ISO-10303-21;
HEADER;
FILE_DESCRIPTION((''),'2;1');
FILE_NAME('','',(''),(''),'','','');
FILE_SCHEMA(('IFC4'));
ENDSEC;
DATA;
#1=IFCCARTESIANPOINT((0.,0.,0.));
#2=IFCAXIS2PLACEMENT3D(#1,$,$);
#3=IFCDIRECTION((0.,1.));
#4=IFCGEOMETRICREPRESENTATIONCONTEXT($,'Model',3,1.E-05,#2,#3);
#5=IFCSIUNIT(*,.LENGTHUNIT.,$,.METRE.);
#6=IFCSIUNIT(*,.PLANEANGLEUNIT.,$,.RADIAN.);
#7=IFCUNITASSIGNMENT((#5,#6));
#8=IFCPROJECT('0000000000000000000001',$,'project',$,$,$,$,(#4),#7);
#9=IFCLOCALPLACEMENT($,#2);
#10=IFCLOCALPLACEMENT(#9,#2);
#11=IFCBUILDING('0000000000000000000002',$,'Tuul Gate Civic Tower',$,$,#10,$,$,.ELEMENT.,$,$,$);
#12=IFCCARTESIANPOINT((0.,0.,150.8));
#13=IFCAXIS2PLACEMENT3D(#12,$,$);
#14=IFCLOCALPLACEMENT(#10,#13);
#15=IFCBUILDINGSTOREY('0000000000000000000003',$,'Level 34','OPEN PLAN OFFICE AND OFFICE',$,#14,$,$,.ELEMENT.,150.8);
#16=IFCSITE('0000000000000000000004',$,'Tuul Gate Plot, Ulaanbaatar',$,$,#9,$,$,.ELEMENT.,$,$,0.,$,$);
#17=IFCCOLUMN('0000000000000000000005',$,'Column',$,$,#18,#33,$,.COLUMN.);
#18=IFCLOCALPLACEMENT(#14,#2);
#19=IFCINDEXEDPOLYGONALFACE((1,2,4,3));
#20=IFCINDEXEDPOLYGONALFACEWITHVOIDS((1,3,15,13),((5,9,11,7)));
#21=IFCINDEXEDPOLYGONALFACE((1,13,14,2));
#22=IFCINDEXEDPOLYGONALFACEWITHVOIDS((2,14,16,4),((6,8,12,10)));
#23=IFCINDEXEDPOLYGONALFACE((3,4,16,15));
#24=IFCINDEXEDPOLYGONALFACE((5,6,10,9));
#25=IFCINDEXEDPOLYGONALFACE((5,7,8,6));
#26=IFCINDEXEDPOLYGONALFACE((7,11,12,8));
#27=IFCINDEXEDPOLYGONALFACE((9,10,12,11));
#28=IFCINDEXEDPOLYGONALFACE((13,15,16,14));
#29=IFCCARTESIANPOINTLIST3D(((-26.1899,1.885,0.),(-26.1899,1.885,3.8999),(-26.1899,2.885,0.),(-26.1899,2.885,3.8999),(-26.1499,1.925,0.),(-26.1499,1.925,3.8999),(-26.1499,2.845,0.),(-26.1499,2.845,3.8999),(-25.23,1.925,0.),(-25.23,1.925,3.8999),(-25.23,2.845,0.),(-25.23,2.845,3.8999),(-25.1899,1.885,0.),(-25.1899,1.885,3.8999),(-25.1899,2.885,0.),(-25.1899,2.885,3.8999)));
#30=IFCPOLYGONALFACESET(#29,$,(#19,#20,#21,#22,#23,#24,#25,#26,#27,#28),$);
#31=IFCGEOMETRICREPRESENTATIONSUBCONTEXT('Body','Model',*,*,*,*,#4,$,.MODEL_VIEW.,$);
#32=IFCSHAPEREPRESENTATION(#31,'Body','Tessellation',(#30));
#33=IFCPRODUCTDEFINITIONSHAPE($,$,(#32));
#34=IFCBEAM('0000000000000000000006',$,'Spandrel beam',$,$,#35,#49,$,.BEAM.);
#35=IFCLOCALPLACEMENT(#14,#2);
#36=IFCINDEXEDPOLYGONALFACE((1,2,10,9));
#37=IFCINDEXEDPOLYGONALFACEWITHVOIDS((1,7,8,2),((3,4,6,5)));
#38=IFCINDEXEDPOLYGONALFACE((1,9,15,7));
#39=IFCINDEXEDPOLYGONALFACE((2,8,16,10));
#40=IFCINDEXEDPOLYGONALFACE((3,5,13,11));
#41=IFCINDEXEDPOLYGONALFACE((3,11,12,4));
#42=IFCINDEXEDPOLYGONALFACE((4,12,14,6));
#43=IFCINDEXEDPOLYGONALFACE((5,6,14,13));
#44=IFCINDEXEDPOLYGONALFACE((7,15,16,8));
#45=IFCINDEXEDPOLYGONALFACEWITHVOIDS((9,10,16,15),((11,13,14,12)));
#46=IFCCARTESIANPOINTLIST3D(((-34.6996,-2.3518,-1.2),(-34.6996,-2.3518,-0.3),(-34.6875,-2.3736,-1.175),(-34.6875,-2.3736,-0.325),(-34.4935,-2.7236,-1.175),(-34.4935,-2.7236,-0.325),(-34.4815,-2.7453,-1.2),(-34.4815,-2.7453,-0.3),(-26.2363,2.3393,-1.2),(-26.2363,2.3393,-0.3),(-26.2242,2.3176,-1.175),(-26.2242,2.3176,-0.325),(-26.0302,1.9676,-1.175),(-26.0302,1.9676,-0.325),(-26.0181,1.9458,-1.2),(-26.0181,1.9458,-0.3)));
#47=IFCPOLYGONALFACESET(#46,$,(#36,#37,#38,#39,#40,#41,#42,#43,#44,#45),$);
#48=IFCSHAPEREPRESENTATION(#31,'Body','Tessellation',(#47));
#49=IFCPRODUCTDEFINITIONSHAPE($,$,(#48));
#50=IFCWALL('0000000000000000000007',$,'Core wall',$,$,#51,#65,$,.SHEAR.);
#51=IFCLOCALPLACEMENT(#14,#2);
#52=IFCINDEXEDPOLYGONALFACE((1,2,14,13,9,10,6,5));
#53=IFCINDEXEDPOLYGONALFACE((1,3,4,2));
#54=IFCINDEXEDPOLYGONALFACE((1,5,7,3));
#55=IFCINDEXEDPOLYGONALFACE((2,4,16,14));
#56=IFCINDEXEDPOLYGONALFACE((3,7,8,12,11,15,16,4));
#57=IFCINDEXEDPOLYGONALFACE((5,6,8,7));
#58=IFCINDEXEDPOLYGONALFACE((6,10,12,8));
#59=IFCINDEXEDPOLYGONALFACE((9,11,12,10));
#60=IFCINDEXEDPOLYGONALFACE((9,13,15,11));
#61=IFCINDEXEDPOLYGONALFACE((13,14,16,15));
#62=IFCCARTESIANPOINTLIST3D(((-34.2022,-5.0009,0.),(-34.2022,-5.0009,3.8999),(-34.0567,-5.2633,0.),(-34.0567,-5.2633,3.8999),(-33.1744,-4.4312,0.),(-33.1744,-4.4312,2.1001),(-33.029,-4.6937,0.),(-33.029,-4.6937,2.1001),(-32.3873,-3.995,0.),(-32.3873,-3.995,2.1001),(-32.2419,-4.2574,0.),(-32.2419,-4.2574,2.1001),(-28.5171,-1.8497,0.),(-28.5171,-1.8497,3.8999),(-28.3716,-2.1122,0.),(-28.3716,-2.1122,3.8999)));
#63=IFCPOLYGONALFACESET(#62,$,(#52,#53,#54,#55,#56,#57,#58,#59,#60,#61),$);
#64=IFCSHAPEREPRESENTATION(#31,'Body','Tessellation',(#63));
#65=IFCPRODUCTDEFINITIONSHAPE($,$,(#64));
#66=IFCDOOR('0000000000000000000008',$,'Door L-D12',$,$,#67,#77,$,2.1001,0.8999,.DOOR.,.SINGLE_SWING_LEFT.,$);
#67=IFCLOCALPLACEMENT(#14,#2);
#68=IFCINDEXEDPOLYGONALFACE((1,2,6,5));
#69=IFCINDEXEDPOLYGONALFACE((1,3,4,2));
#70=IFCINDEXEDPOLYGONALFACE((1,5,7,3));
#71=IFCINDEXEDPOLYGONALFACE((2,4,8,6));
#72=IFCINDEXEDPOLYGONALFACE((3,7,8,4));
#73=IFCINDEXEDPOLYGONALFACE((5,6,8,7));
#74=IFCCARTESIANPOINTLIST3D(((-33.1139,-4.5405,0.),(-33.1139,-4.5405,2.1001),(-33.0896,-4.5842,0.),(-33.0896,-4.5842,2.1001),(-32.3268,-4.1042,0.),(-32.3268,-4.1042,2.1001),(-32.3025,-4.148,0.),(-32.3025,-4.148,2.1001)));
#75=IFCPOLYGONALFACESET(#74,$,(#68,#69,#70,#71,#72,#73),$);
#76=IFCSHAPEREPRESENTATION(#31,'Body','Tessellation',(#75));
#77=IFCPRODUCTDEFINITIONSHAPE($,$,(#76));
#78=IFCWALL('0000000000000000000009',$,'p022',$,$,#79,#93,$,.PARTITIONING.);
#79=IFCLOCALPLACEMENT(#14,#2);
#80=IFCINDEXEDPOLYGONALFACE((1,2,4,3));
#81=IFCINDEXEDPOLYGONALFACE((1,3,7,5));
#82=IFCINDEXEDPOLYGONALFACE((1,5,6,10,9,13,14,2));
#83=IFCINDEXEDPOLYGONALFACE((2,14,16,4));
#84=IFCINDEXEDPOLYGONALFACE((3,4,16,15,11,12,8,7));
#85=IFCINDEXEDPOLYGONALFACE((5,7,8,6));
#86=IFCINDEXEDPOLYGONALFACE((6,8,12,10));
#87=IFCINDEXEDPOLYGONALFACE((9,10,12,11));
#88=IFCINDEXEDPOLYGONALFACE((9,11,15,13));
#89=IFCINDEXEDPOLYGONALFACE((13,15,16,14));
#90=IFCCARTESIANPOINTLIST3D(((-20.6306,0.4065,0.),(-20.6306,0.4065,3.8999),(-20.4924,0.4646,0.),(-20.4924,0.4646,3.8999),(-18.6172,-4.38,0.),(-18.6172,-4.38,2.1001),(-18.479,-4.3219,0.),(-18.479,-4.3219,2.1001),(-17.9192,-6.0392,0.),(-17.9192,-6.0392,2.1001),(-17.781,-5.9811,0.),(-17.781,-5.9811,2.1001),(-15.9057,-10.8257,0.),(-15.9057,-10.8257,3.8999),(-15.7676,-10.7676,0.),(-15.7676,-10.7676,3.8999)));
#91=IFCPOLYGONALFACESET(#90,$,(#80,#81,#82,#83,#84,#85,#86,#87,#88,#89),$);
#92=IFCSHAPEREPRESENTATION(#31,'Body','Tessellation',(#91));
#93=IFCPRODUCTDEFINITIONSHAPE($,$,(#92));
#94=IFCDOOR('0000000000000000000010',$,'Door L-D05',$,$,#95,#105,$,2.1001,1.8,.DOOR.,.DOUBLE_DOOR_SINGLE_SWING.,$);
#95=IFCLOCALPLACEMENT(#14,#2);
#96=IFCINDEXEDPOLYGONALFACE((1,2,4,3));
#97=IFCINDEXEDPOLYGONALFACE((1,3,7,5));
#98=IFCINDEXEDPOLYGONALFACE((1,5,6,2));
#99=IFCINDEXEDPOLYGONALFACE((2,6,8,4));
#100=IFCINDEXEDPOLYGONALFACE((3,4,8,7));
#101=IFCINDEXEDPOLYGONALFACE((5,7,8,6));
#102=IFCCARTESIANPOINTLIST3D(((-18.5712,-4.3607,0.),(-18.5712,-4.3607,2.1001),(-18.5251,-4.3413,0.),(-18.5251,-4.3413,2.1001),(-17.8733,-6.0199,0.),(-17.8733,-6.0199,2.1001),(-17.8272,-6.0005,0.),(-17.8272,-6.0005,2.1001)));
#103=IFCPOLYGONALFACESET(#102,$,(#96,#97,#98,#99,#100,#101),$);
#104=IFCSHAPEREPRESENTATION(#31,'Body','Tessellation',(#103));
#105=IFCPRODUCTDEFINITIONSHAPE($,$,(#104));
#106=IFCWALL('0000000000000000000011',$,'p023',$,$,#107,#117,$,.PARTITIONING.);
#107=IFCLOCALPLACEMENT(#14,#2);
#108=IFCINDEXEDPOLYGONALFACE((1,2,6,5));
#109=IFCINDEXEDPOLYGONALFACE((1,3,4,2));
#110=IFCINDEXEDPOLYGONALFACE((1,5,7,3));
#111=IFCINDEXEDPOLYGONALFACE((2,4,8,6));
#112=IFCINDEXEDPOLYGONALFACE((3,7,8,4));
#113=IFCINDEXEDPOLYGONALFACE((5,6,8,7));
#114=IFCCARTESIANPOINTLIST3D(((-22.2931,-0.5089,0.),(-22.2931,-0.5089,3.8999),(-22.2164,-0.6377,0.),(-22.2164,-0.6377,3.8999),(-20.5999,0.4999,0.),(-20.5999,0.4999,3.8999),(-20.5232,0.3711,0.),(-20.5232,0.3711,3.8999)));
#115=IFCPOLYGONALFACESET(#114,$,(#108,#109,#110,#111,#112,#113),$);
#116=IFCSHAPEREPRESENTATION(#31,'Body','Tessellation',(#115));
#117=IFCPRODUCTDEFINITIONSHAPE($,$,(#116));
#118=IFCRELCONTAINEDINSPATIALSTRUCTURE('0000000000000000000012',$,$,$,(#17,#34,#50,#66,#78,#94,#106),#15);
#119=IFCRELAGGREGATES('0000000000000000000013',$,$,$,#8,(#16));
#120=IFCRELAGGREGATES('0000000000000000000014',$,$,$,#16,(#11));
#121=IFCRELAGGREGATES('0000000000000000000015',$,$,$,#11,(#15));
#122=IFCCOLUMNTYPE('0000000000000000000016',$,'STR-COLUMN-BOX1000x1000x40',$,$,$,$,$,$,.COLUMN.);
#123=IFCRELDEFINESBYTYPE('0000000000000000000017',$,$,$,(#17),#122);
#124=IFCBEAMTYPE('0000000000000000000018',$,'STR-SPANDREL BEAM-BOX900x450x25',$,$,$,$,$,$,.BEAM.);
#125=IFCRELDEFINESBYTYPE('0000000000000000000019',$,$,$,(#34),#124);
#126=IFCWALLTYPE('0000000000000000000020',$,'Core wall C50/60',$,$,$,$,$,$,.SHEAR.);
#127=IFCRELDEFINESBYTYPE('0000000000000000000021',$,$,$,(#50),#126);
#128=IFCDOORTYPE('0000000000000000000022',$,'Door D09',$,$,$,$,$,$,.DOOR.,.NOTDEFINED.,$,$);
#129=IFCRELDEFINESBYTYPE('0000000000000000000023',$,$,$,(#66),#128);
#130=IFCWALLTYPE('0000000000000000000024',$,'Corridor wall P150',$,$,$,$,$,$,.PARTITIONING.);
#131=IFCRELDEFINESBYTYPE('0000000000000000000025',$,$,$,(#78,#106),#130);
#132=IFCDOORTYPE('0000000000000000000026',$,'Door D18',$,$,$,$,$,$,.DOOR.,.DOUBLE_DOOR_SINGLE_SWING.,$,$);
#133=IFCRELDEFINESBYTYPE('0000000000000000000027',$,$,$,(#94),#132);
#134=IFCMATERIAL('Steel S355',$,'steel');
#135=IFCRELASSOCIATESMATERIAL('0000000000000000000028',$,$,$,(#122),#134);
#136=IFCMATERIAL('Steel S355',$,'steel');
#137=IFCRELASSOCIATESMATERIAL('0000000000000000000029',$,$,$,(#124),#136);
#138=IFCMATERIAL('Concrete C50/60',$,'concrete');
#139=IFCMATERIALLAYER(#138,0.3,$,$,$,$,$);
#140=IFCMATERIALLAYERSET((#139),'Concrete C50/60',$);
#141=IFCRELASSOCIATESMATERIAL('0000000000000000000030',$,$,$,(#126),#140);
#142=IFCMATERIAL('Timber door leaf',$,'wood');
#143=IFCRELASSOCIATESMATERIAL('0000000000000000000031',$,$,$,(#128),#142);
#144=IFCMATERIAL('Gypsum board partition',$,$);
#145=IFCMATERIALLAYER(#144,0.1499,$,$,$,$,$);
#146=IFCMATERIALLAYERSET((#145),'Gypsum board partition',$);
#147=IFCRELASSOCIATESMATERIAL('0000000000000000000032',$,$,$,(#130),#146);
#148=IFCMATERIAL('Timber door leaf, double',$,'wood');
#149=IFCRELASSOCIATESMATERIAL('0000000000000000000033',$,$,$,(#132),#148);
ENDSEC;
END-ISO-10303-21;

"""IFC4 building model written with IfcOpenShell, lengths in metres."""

from ifc_helpers import new_model, si_unit, direction, frame, frame_2d, origin, origin_2d, place, context, subcontext, project, spatial, rectangle, hollow_rectangle, extrude, material, layer, layer_set, material_profile, profile_set, type_object, element, fill, save


model = new_model("IFC4")

# Units and contexts
model_context = context("Model", 3, precision=1e-05, world=origin(), true_north=direction((0.0, 1.0)))
body_context = subcontext(model_context, "Body", "Model", "MODEL_VIEW")
ifc_project = project(units=[si_unit("LENGTHUNIT", "METRE"), si_unit("PLANEANGLEUNIT", "RADIAN")], contexts=[model_context])

# Site, building, storey
site_placement = place(None, origin())
site = spatial("IfcSite", under=ifc_project, at=site_placement, Name="Tuul Gate Plot, Ulaanbaatar", CompositionType="ELEMENT", RefElevation=0.0)
building_placement = place(site_placement, origin())
building = spatial("IfcBuilding", under=site, at=building_placement, Name="Tuul Gate Civic Tower", CompositionType="ELEMENT")
storey_placement = place(building_placement, frame((0.0, 0.0, 150.8)))
storey = spatial("IfcBuildingStorey", under=building, at=storey_placement, Name="Level 34", Description="OPEN PLAN OFFICE AND OFFICE", CompositionType="ELEMENT", Elevation=150.8)

# Column
ifc_material_1 = material(Name="Steel S355", Category="steel")
ifc_material_profile_1 = material_profile(ifc_material_1, hollow_rectangle(XDim=1.0, YDim=1.0, WallThickness=0.04, at=origin_2d()), Name="BOX1000x1000x40")
ifc_profile_set_1 = profile_set([ifc_material_profile_1], Name="Steel S355")
column_type = type_object("IfcColumnType", Name="STR-COLUMN-BOX1000x1000x40", PredefinedType="COLUMN", material=ifc_profile_set_1)
column_placement = place(storey_placement, frame((-25.6899, 2.385, 0.0), z_axis=(0.0, 0.0, 1.0), x_axis=(1.0, 0.0, 0.0)))
element("IfcColumn", 1, at=column_placement, inside=storey, type_object=column_type, Name="Column", PredefinedType="COLUMN", context=body_context, shape_type="SweptSolid", body=[
    extrude(hollow_rectangle(XDim=1.0, YDim=1.0, WallThickness=0.04, at=origin_2d()), origin(), (0.0, 0.0, 1.0), 3.8999),
])

# Beam
ifc_material_2 = material(Name="Steel S355", Category="steel")
ifc_material_profile_2 = material_profile(ifc_material_2, hollow_rectangle(XDim=0.45, YDim=0.8999, WallThickness=0.0249, at=origin_2d()), Name="BOX900x450x25")
ifc_profile_set_2 = profile_set([ifc_material_profile_2], Name="Steel S355")
beam_type = type_object("IfcBeamType", Name="STR-SPANDREL BEAM-BOX900x450x25", PredefinedType="BEAM", material=ifc_profile_set_2)
beam_placement = place(storey_placement, frame((-26.1272, 2.1426, -0.75), z_axis=(-0.874627, -0.484797, 0.0), x_axis=(0.484797, -0.874627, 0.0)))
element("IfcBeam", 2, at=beam_placement, inside=storey, type_object=beam_type, Name="Spandrel beam", PredefinedType="BEAM", context=body_context, shape_type="SweptSolid", body=[
    extrude(hollow_rectangle(XDim=0.45, YDim=0.8999, WallThickness=0.0249, at=origin_2d()), origin(), (0.0, 0.0, 1.0), 9.6765),
])

# Walls, openings, doors
ifc_material_3 = material(Name="Concrete C50/60", Category="concrete")
ifc_layer_1 = layer(ifc_material_3, 0.3)
ifc_layer_set_1 = layer_set([ifc_layer_1], Name="Concrete C50/60")
wall_type_1 = type_object("IfcWallType", Name="Core wall C50/60", PredefinedType="SHEAR", material=ifc_layer_set_1)
wall_1_placement = place(storey_placement, frame((-28.4443, -1.981, 0.0), z_axis=(0.0, 0.0, 1.0), x_axis=(-0.87463, -0.484791, 0.0)))
wall_1 = element("IfcWall", 3, at=wall_1_placement, inside=storey, type_object=wall_type_1, Name="Core wall", PredefinedType="SHEAR", context=body_context, shape_type="SweptSolid", body=[
    extrude(rectangle(XDim=6.5, YDim=0.3, at=frame_2d((3.25, 0.0))), origin(), (0.0, 0.0, 1.0), 3.8999),
])
opening_1_placement = place(wall_1_placement, frame((4.425, 0.0, 0.0)))
opening_1 = element("IfcOpeningElement", 4, at=opening_1_placement, cuts=wall_1, PredefinedType="OPENING", context=body_context, shape_type="SweptSolid", body=[
    extrude(rectangle(XDim=0.8999, YDim=2.1001, at=frame_2d((0.45, 1.05))), frame((0.0, 0.1602, 0.0), z_axis=(0.0, -1.0, 0.0), x_axis=(1.0, 0.0, 0.0)), (0.0, 0.0, 1.0), 0.3201),
])
ifc_material_4 = material(Name="Timber door leaf", Category="wood")
door_type_1 = type_object("IfcDoorType", Name="Door D09", OperationType="NOTDEFINED", PredefinedType="DOOR", material=ifc_material_4)
door_1_placement = place(opening_1_placement, origin())
door_1 = element("IfcDoor", 5, at=door_1_placement, inside=storey, type_object=door_type_1, Name="Door L-D12", OperationType="SINGLE_SWING_LEFT", OverallHeight=2.1001, OverallWidth=0.8999, PredefinedType="DOOR", context=body_context, shape_type="SweptSolid", body=[
    extrude(rectangle(XDim=0.8999, YDim=2.1001, at=frame_2d((0.45, 1.05))), frame((0.0, 0.0249, 0.0), z_axis=(0.0, -1.0, 0.0), x_axis=(1.0, 0.0, 0.0)), (0.0, 0.0, 1.0), 0.05),
])
fill(opening_1, door_1)
ifc_material_5 = material(Name="Gypsum board partition")
ifc_layer_2 = layer(ifc_material_5, 0.1499)
ifc_layer_set_2 = layer_set([ifc_layer_2], Name="Gypsum board partition")
wall_type_2 = type_object("IfcWallType", Name="Corridor wall P150", PredefinedType="PARTITIONING", material=ifc_layer_set_2)
wall_2_placement = place(storey_placement, frame((-20.5615, 0.4355, 0.0), z_axis=(0.0, 0.0, 1.0), x_axis=(0.387744, -0.921767, 0.0)))
wall_2 = element("IfcWall", 6, at=wall_2_placement, inside=storey, type_object=wall_type_2, Name="p022", PredefinedType="PARTITIONING", context=body_context, shape_type="SweptSolid", body=[
    extrude(rectangle(XDim=12.1855, YDim=0.1499, at=frame_2d((6.0928, 0.0))), origin(), (0.0, 0.0, 1.0), 3.8999),
])
opening_2_placement = place(wall_2_placement, frame((5.1929, 0.0, 0.0)))
opening_2 = element("IfcOpeningElement", 7, at=opening_2_placement, cuts=wall_2, PredefinedType="OPENING", context=body_context, shape_type="SweptSolid", body=[
    extrude(rectangle(XDim=1.8, YDim=2.1001, at=frame_2d((0.8999, 1.05))), frame((0.0, 0.085, 0.0), z_axis=(0.0, -1.0, 0.0), x_axis=(1.0, 0.0, 0.0)), (0.0, 0.0, 1.0), 0.1699),
])
ifc_material_6 = material(Name="Timber door leaf, double", Category="wood")
door_type_2 = type_object("IfcDoorType", Name="Door D18", OperationType="DOUBLE_DOOR_SINGLE_SWING", PredefinedType="DOOR", material=ifc_material_6)
door_2_placement = place(opening_2_placement, origin())
door_2 = element("IfcDoor", 8, at=door_2_placement, inside=storey, type_object=door_type_2, Name="Door L-D05", OperationType="DOUBLE_DOOR_SINGLE_SWING", OverallHeight=2.1001, OverallWidth=1.8, PredefinedType="DOOR", context=body_context, shape_type="SweptSolid", body=[
    extrude(rectangle(XDim=1.8, YDim=2.1001, at=frame_2d((0.8999, 1.05))), frame((0.0, 0.0249, 0.0), z_axis=(0.0, -1.0, 0.0), x_axis=(1.0, 0.0, 0.0)), (0.0, 0.0, 1.0), 0.05),
])
fill(opening_2, door_2)

# Wall
wall_3_placement = place(storey_placement, frame((-22.2546, -0.5732, 0.0), z_axis=(0.0, 0.0, 1.0), x_axis=(0.859074, 0.511852, 0.0)))
element("IfcWall", 9, at=wall_3_placement, inside=storey, type_object=wall_type_2, Name="p023", PredefinedType="PARTITIONING", context=body_context, shape_type="SweptSolid", body=[
    extrude(rectangle(XDim=1.9709, YDim=0.1499, at=frame_2d((0.9854, 0.0))), origin(), (0.0, 0.0, 1.0), 3.8999),
])

save(model, "model.ifc")
